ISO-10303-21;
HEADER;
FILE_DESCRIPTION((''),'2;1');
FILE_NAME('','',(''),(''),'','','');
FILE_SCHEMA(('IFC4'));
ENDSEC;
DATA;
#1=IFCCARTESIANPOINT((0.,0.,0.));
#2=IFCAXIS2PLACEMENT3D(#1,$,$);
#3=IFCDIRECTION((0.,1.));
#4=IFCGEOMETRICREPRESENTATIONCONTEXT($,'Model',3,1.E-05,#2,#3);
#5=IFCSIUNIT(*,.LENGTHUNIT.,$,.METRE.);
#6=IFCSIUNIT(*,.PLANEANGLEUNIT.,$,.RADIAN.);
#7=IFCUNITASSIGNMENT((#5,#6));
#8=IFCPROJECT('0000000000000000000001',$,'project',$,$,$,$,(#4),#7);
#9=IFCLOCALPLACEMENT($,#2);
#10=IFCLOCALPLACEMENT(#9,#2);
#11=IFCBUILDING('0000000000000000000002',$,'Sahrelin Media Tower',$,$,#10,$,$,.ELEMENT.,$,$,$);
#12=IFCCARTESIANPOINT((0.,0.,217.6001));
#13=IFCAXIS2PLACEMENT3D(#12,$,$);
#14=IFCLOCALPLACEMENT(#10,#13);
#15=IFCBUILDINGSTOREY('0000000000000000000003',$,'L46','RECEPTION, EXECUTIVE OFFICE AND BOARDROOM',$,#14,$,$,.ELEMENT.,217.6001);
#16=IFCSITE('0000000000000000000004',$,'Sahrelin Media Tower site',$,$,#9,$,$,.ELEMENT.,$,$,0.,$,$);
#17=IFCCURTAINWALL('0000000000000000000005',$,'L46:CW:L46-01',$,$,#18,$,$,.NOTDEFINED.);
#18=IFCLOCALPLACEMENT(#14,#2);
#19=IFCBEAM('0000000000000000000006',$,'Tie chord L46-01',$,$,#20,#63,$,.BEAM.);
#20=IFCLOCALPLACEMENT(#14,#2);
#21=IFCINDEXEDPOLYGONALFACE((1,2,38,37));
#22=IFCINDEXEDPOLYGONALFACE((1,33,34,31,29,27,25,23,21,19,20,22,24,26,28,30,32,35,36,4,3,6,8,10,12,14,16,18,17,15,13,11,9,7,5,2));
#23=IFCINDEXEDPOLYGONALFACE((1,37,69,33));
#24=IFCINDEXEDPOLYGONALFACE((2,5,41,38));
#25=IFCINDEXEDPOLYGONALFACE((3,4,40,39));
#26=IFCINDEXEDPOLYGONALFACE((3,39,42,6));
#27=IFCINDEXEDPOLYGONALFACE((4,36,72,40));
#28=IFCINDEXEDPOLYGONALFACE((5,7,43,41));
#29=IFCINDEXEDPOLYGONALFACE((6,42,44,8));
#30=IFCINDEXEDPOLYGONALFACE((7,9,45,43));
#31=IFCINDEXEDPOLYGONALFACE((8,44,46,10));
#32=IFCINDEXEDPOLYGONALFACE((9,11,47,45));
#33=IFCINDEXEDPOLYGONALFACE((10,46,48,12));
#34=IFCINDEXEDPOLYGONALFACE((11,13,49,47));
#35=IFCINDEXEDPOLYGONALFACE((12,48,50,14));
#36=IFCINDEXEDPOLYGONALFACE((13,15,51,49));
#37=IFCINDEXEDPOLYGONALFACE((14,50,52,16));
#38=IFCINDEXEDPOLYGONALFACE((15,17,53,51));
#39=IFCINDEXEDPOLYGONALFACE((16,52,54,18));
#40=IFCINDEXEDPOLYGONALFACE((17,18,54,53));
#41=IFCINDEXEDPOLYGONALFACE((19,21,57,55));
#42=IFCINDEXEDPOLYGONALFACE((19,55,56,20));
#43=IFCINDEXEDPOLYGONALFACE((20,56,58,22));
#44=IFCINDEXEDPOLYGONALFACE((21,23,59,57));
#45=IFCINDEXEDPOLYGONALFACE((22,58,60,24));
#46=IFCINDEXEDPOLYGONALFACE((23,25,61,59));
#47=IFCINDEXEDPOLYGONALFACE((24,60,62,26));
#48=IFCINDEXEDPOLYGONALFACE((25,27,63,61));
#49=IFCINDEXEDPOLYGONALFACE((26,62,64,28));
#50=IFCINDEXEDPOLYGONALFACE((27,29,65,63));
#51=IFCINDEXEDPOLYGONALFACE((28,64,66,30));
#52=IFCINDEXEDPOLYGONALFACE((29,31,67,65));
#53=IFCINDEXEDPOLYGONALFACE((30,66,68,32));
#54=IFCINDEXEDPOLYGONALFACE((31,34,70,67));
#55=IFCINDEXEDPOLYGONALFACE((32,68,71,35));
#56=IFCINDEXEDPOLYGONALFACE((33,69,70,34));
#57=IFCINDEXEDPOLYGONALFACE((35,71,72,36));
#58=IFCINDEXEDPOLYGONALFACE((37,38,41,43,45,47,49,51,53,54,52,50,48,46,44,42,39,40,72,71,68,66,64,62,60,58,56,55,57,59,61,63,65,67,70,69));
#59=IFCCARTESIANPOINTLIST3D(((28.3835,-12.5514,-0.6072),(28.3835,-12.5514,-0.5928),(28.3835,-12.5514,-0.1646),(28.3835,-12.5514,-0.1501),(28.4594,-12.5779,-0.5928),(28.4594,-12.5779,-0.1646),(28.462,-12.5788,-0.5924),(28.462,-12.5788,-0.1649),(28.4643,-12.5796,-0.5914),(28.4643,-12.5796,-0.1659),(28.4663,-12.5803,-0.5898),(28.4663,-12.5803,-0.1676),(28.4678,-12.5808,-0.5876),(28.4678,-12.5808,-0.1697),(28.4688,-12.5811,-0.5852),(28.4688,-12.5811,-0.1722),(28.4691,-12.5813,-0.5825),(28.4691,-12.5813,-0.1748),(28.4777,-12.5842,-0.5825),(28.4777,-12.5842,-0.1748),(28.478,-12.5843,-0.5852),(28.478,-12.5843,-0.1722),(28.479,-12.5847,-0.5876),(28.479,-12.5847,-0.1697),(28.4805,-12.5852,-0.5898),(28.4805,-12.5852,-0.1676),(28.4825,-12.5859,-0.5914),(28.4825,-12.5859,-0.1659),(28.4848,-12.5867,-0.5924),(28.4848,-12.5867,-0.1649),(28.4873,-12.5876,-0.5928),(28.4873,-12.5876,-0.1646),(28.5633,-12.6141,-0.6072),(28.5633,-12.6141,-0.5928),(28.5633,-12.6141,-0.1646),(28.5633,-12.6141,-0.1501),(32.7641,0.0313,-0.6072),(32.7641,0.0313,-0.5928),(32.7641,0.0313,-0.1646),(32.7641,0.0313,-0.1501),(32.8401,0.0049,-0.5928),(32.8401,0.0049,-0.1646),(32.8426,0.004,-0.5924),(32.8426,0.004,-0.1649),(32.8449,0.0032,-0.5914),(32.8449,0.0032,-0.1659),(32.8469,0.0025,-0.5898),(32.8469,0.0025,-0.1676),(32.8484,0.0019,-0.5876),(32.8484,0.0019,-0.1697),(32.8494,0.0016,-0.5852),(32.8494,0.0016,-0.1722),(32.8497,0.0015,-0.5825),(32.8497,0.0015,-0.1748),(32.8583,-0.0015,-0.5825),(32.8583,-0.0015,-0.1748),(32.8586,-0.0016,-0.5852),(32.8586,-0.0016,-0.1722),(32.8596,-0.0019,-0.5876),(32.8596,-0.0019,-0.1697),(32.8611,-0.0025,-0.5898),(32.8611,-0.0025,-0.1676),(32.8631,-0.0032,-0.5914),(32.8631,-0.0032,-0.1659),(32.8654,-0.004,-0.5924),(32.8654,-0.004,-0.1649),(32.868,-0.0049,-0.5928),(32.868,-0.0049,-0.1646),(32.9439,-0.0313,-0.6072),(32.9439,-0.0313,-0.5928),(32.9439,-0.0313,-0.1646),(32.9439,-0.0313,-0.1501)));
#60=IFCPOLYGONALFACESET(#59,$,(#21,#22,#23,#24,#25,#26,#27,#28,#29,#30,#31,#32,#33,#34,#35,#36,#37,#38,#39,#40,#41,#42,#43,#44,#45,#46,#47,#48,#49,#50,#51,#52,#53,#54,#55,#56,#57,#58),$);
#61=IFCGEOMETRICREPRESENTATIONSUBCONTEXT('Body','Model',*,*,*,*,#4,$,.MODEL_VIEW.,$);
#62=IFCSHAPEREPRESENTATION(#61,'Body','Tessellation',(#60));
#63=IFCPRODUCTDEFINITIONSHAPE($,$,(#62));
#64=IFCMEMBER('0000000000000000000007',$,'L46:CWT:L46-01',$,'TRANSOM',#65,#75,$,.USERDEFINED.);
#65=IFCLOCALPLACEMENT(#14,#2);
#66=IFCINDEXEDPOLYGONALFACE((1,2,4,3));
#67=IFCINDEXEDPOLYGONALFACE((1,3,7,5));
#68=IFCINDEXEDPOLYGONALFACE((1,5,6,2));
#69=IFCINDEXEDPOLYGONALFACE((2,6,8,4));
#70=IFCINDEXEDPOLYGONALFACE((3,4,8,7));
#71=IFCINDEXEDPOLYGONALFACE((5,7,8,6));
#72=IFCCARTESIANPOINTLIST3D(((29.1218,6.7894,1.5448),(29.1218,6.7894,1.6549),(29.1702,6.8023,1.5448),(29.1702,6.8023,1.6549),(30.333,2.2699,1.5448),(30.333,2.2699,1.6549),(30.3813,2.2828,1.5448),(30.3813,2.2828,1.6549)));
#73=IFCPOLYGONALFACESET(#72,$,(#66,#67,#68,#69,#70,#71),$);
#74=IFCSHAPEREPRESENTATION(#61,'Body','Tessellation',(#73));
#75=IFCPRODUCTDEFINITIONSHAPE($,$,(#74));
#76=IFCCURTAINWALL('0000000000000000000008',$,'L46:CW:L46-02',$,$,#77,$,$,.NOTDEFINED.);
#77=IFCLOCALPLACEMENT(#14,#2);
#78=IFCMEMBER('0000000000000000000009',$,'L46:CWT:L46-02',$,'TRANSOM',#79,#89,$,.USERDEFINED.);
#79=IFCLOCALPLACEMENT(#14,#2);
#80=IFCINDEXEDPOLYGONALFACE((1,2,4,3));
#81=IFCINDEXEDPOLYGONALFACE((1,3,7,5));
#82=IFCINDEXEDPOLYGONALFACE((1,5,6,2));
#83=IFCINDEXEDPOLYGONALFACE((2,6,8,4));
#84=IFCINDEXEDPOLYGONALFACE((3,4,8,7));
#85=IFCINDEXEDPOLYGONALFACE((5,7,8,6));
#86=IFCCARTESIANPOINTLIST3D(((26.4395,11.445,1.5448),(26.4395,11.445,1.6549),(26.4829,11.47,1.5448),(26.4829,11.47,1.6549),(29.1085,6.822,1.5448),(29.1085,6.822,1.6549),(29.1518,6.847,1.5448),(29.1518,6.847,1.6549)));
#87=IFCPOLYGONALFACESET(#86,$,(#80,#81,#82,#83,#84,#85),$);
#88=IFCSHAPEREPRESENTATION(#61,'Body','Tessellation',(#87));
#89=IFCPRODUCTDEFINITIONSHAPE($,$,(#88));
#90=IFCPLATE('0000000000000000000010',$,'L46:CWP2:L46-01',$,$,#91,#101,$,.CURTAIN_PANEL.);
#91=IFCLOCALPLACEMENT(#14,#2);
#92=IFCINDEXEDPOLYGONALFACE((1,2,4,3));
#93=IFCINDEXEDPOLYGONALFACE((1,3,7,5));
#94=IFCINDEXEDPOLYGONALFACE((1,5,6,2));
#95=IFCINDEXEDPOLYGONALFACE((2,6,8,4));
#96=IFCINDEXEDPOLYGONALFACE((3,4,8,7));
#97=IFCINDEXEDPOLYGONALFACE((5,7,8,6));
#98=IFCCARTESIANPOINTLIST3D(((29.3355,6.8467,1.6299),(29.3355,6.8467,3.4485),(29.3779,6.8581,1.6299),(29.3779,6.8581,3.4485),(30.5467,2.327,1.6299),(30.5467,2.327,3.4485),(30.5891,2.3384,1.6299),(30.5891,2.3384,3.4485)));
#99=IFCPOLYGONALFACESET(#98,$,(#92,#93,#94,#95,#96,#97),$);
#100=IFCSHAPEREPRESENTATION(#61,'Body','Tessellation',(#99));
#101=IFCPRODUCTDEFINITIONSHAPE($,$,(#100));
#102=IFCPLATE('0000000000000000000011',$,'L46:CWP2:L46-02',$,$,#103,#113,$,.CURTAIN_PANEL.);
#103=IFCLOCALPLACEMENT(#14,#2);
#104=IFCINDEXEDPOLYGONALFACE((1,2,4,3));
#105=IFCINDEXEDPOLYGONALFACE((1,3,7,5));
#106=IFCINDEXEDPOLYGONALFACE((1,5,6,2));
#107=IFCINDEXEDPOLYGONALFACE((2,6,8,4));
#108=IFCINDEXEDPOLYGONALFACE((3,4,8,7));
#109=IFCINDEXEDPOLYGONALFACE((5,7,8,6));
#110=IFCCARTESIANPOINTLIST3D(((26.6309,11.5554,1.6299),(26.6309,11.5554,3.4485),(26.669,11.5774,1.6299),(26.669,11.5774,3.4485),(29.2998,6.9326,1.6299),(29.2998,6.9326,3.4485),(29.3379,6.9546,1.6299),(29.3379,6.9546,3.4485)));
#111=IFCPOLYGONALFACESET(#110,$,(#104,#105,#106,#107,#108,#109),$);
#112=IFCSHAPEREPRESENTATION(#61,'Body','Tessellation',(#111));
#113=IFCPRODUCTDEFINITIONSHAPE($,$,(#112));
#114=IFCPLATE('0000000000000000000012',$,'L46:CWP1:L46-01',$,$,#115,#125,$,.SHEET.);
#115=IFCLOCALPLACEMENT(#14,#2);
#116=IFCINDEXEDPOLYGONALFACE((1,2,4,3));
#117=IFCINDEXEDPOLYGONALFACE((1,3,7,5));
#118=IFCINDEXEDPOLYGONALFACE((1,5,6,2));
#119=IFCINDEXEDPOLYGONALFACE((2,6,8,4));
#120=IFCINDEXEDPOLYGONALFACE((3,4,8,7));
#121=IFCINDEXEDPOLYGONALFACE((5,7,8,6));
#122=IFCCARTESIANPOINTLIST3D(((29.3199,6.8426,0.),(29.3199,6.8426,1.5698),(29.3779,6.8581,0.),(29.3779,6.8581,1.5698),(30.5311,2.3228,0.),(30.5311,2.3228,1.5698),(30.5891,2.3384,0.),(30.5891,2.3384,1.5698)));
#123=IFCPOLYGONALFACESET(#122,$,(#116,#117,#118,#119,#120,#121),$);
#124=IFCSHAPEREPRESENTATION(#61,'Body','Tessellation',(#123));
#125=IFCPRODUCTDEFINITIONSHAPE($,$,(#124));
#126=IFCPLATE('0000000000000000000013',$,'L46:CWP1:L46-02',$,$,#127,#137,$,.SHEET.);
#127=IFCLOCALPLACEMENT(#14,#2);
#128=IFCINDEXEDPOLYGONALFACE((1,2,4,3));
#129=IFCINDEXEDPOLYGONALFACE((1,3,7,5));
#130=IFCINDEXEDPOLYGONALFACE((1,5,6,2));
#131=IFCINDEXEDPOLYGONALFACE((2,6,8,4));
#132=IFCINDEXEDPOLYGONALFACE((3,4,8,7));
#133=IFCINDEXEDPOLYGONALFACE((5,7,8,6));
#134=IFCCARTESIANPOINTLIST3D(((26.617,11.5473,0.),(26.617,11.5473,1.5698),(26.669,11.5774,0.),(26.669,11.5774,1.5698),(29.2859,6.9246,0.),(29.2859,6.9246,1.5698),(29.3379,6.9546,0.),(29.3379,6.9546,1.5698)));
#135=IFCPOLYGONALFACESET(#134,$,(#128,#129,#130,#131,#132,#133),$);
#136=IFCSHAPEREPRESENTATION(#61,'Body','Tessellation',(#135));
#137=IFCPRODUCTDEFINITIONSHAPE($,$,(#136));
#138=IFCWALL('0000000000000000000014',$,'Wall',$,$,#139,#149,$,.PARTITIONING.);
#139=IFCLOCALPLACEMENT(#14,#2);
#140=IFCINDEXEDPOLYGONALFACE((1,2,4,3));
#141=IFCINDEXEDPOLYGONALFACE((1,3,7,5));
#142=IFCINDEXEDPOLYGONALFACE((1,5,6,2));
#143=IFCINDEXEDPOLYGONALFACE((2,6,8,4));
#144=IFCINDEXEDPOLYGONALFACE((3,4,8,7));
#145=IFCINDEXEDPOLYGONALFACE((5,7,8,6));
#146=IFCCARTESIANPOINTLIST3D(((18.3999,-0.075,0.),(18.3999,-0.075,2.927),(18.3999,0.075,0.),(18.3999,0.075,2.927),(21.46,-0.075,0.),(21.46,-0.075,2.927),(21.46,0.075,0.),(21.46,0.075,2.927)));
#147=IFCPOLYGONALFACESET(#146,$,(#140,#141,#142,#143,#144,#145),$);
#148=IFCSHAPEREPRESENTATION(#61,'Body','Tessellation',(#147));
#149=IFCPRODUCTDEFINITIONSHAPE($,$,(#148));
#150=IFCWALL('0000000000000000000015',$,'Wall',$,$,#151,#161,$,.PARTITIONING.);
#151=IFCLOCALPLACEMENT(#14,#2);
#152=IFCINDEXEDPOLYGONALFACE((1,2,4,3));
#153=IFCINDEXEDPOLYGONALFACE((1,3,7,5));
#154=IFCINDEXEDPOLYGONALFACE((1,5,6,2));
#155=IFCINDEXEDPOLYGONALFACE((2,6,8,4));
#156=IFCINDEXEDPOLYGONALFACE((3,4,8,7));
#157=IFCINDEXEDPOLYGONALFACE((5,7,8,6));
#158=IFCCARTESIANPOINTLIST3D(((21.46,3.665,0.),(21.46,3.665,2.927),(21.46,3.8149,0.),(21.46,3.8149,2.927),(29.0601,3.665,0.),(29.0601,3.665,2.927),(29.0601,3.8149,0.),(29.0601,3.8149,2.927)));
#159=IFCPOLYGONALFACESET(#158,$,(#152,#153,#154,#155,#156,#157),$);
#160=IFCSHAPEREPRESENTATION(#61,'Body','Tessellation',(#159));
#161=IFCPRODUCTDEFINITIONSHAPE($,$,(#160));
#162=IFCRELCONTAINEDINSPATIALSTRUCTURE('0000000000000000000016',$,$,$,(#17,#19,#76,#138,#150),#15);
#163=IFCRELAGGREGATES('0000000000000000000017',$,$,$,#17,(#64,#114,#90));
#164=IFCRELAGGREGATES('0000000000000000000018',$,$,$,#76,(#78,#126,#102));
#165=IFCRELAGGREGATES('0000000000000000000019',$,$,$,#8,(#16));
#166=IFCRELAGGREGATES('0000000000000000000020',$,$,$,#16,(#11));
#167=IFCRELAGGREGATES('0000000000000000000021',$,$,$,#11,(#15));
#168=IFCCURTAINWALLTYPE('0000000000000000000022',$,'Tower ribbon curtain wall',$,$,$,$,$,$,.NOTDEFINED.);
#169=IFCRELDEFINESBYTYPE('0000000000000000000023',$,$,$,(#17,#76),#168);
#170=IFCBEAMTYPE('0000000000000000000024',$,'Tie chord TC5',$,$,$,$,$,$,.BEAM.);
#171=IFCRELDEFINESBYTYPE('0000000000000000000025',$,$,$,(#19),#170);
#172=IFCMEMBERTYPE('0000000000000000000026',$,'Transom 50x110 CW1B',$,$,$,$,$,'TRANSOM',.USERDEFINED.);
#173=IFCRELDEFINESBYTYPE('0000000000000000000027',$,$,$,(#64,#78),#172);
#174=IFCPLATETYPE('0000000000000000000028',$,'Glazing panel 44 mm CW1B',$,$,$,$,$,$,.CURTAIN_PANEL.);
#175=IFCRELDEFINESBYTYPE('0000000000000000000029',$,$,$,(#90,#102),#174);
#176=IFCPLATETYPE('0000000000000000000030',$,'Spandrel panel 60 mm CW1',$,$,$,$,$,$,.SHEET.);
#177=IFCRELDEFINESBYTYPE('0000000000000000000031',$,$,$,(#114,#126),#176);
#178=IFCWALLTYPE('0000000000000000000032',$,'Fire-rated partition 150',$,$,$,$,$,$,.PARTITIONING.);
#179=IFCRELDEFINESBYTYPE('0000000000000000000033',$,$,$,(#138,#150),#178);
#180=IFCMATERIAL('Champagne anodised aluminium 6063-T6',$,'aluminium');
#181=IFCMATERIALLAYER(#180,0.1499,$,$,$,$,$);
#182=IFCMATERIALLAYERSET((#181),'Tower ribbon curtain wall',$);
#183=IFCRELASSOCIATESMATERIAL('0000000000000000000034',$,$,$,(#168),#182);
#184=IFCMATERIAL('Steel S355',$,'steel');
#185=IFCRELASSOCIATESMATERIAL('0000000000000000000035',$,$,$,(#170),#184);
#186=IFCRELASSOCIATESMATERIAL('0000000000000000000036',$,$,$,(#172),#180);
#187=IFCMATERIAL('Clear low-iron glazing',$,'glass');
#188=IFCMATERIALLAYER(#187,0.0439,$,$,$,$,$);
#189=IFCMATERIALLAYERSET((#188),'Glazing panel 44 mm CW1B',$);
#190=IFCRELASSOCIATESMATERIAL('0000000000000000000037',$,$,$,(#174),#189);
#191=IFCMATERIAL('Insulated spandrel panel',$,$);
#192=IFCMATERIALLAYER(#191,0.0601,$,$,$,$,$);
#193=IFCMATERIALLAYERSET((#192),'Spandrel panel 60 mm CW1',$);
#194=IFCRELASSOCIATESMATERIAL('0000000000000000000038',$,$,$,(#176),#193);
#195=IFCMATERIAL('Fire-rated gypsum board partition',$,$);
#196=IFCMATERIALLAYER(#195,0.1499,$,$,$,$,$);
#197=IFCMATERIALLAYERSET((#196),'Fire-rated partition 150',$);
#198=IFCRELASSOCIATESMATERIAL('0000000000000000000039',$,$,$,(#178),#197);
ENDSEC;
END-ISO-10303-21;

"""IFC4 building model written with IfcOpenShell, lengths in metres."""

from ifc_helpers import new_model, si_unit, direction, frame, frame_2d, origin, origin_2d, place, context, subcontext, project, spatial, polyline, rectangle, i_section, outline, extrude, material, layer, layer_set, material_profile, profile_set, type_object, element, aggregate, save


model = new_model("IFC4")

# Units and contexts
model_context = context("Model", 3, precision=1e-05, world=origin(), true_north=direction((0.0, 1.0)))
body_context = subcontext(model_context, "Body", "Model", "MODEL_VIEW")
ifc_project = project(units=[si_unit("LENGTHUNIT", "METRE"), si_unit("PLANEANGLEUNIT", "RADIAN")], contexts=[model_context])

# Site, building, storey
site_placement = place(None, origin())
site = spatial("IfcSite", under=ifc_project, at=site_placement, Name="Sahrelin Media Tower site", CompositionType="ELEMENT", RefElevation=0.0)
building_placement = place(site_placement, origin())
building = spatial("IfcBuilding", under=site, at=building_placement, Name="Sahrelin Media Tower", CompositionType="ELEMENT")
storey_placement = place(building_placement, frame((0.0, 0.0, 217.6001)))
storey = spatial("IfcBuildingStorey", under=building, at=storey_placement, Name="L46", Description="RECEPTION, EXECUTIVE OFFICE AND BOARDROOM", CompositionType="ELEMENT", Elevation=217.6001)

# Shared definitions
ifc_material_1 = material(Name="Steel S355", Category="steel")

# Curtain wall
ifc_material_2 = material(Name="Champagne anodised aluminium 6063-T6", Category="aluminium")
ifc_layer_1 = layer(ifc_material_2, 0.1499)
ifc_layer_set_1 = layer_set([ifc_layer_1], Name="Tower ribbon curtain wall")
curtain_wall_type = type_object("IfcCurtainWallType", Name="Tower ribbon curtain wall", PredefinedType="NOTDEFINED", material=ifc_layer_set_1)
curtain_wall_1_placement = place(storey_placement, frame((29.9641, 4.593, 0.0), z_axis=(0.0, 0.0, 1.0), x_axis=(1.0, 0.0, 0.0)))
curtain_wall_1 = element("IfcCurtainWall", 1, at=curtain_wall_1_placement, inside=storey, type_object=curtain_wall_type, Name="L46:CW:L46-01", PredefinedType="NOTDEFINED")

# Beam
ifc_material_profile_1 = material_profile(ifc_material_1, i_section(OverallWidth=0.1904, OverallDepth=0.457, WebThickness=0.009, FlangeThickness=0.0144, FilletRadius=0.0103, at=origin_2d()), Name="UB 457x191x74")
ifc_profile_set_1 = profile_set([ifc_material_profile_1], Name="Steel S355")
beam_type_1 = type_object("IfcBeamType", Name="Tie chord TC5", PredefinedType="BEAM", material=ifc_profile_set_1)
beam_1_placement = place(storey_placement, frame((32.854, 0.0, -0.3787), z_axis=(-0.328789, -0.944404, 0.0), x_axis=(0.944404, -0.328789, 0.0)))
element("IfcBeam", 2, at=beam_1_placement, inside=storey, type_object=beam_type_1, Name="Tie chord L46-01", PredefinedType="BEAM", context=body_context, shape_type="SweptSolid", body=[
    extrude(i_section(OverallWidth=0.1904, OverallDepth=0.457, WebThickness=0.009, FlangeThickness=0.0144, FilletRadius=0.0103, at=origin_2d()), origin(), (0.0, 0.0, 1.0), 13.3235),
])

# Member
ifc_material_profile_2 = material_profile(ifc_material_2, rectangle(XDim=0.05, YDim=0.1101, at=origin_2d()), Name="Transom 50x110")
ifc_profile_set_2 = profile_set([ifc_material_profile_2], Name="Champagne anodised aluminium 6063-T6")
member_type_1 = type_object("IfcMemberType", Name="Transom 50x110 CW1B", ElementType="TRANSOM", PredefinedType="USERDEFINED", material=ifc_profile_set_2)
member_1_placement = place(storey_placement, frame((30.3572, 2.2764, 1.5999), z_axis=(-0.258854, 0.965916, 0.0), x_axis=(-0.965916, -0.258854, 0.0)))
member_1 = element("IfcMember", 3, at=member_1_placement, type_object=member_type_1, Name="L46:CWT:L46-01", ObjectType="TRANSOM", PredefinedType="USERDEFINED", context=body_context, shape_type="SweptSolid", body=[
    extrude(rectangle(XDim=0.05, YDim=0.1101, at=origin_2d()), origin(), (0.0, 0.0, 1.0), 4.679),
])

# Curtain wall, member
curtain_wall_2_placement = place(storey_placement, frame((27.9861, 9.2559, 0.0), z_axis=(0.0, 0.0, 1.0), x_axis=(1.0, 0.0, 0.0)))
curtain_wall_2 = element("IfcCurtainWall", 4, at=curtain_wall_2_placement, inside=storey, type_object=curtain_wall_type, Name="L46:CW:L46-02", PredefinedType="NOTDEFINED")
member_2_placement = place(storey_placement, frame((29.1301, 6.8345, 1.5999), z_axis=(-0.499976, 0.866039, 0.0), x_axis=(-0.866039, -0.499976, 0.0)))
member_2 = element("IfcMember", 5, at=member_2_placement, type_object=member_type_1, Name="L46:CWT:L46-02", ObjectType="TRANSOM", PredefinedType="USERDEFINED", context=body_context, shape_type="SweptSolid", body=[
    extrude(rectangle(XDim=0.05, YDim=0.1101, at=origin_2d()), origin(), (0.0, 0.0, 1.0), 5.3381),
])

# Plates
ifc_material_3 = material(Name="Clear low-iron glazing", Category="glass")
ifc_layer_2 = layer(ifc_material_3, 0.0439)
ifc_layer_set_2 = layer_set([ifc_layer_2], Name="Glazing panel 44 mm CW1B")
plate_type_1 = type_object("IfcPlateType", Name="Glazing panel 44 mm CW1B", PredefinedType="CURTAIN_PANEL", material=ifc_layer_set_2)
plate_1_placement = place(storey_placement, frame((30.5891, 2.3384, 1.6299), z_axis=(0.96592, 0.258841, 0.0), x_axis=(-0.258841, 0.96592, 0.0)))
plate_1 = element("IfcPlate", 6, at=plate_1_placement, type_object=plate_type_1, Name="L46:CWP2:L46-01", PredefinedType="CURTAIN_PANEL", context=body_context, shape_type="SweptSolid", body=[
    extrude(outline(polyline([(0.0, 0.0), (4.6792, 0.0), (4.6792, 1.8186), (0.0, 1.8186), (0.0, 0.0)])), origin(), (0.0, 0.0, -1.0), 0.0439),
])
plate_2_placement = place(storey_placement, frame((29.3379, 6.9546, 1.6299), z_axis=(0.866028, 0.499996, 0.0), x_axis=(-0.499996, 0.866028, 0.0)))
plate_2 = element("IfcPlate", 7, at=plate_2_placement, type_object=plate_type_1, Name="L46:CWP2:L46-02", PredefinedType="CURTAIN_PANEL", context=body_context, shape_type="SweptSolid", body=[
    extrude(outline(polyline([(0.0, 0.0), (5.3379, 0.0), (5.3379, 1.8186), (0.0, 1.8186), (0.0, 0.0)])), origin(), (0.0, 0.0, -1.0), 0.0439),
])
ifc_material_4 = material(Name="Insulated spandrel panel")
ifc_layer_3 = layer(ifc_material_4, 0.0601)
ifc_layer_set_3 = layer_set([ifc_layer_3], Name="Spandrel panel 60 mm CW1")
plate_type_2 = type_object("IfcPlateType", Name="Spandrel panel 60 mm CW1", PredefinedType="SHEET", material=ifc_layer_set_3)
plate_3_placement = place(storey_placement, frame((30.5891, 2.3384, 0.0), z_axis=(0.96592, 0.258841, 0.0), x_axis=(-0.258841, 0.96592, 0.0)))
plate_3 = element("IfcPlate", 8, at=plate_3_placement, type_object=plate_type_2, Name="L46:CWP1:L46-01", PredefinedType="SHEET", context=body_context, shape_type="SweptSolid", body=[
    extrude(outline(polyline([(0.0, 0.0), (4.6792, 0.0), (4.6792, 1.5698), (0.0, 1.5698), (0.0, 0.0)])), origin(), (0.0, 0.0, -1.0), 0.0601),
])
aggregate(curtain_wall_1, [member_1, plate_3, plate_1])
plate_4_placement = place(storey_placement, frame((29.3379, 6.9546, 0.0), z_axis=(0.866028, 0.499996, 0.0), x_axis=(-0.499996, 0.866028, 0.0)))
plate_4 = element("IfcPlate", 9, at=plate_4_placement, type_object=plate_type_2, Name="L46:CWP1:L46-02", PredefinedType="SHEET", context=body_context, shape_type="SweptSolid", body=[
    extrude(outline(polyline([(0.0, 0.0), (5.3379, 0.0), (5.3379, 1.5698), (0.0, 1.5698), (0.0, 0.0)])), origin(), (0.0, 0.0, -1.0), 0.0601),
])
aggregate(curtain_wall_2, [member_2, plate_4, plate_2])

# Walls
ifc_material_5 = material(Name="Fire-rated gypsum board partition")
ifc_layer_4 = layer(ifc_material_5, 0.1499)
ifc_layer_set_4 = layer_set([ifc_layer_4], Name="Fire-rated partition 150")
wall_type = type_object("IfcWallType", Name="Fire-rated partition 150", PredefinedType="PARTITIONING", material=ifc_layer_set_4)
wall_1_placement = place(storey_placement, frame((18.3999, 0.0, 0.0), z_axis=(0.0, 0.0, 1.0), x_axis=(1.0, 0.0, 0.0)))
element("IfcWall", 10, at=wall_1_placement, inside=storey, type_object=wall_type, Name="Wall", PredefinedType="PARTITIONING", context=body_context, shape_type="SweptSolid", body=[
    extrude(rectangle(XDim=3.0601, YDim=0.1499, at=frame_2d((1.53, 0.0))), origin(), (0.0, 0.0, 1.0), 2.927),
])
wall_2_placement = place(storey_placement, frame((21.46, 3.74, 0.0), z_axis=(0.0, 0.0, 1.0), x_axis=(1.0, 0.0, 0.0)))
element("IfcWall", 11, at=wall_2_placement, inside=storey, type_object=wall_type, Name="Wall", PredefinedType="PARTITIONING", context=body_context, shape_type="SweptSolid", body=[
    extrude(rectangle(XDim=7.6001, YDim=0.1499, at=frame_2d((3.8, 0.0))), origin(), (0.0, 0.0, 1.0), 2.927),
])

save(model, "model.ifc")
